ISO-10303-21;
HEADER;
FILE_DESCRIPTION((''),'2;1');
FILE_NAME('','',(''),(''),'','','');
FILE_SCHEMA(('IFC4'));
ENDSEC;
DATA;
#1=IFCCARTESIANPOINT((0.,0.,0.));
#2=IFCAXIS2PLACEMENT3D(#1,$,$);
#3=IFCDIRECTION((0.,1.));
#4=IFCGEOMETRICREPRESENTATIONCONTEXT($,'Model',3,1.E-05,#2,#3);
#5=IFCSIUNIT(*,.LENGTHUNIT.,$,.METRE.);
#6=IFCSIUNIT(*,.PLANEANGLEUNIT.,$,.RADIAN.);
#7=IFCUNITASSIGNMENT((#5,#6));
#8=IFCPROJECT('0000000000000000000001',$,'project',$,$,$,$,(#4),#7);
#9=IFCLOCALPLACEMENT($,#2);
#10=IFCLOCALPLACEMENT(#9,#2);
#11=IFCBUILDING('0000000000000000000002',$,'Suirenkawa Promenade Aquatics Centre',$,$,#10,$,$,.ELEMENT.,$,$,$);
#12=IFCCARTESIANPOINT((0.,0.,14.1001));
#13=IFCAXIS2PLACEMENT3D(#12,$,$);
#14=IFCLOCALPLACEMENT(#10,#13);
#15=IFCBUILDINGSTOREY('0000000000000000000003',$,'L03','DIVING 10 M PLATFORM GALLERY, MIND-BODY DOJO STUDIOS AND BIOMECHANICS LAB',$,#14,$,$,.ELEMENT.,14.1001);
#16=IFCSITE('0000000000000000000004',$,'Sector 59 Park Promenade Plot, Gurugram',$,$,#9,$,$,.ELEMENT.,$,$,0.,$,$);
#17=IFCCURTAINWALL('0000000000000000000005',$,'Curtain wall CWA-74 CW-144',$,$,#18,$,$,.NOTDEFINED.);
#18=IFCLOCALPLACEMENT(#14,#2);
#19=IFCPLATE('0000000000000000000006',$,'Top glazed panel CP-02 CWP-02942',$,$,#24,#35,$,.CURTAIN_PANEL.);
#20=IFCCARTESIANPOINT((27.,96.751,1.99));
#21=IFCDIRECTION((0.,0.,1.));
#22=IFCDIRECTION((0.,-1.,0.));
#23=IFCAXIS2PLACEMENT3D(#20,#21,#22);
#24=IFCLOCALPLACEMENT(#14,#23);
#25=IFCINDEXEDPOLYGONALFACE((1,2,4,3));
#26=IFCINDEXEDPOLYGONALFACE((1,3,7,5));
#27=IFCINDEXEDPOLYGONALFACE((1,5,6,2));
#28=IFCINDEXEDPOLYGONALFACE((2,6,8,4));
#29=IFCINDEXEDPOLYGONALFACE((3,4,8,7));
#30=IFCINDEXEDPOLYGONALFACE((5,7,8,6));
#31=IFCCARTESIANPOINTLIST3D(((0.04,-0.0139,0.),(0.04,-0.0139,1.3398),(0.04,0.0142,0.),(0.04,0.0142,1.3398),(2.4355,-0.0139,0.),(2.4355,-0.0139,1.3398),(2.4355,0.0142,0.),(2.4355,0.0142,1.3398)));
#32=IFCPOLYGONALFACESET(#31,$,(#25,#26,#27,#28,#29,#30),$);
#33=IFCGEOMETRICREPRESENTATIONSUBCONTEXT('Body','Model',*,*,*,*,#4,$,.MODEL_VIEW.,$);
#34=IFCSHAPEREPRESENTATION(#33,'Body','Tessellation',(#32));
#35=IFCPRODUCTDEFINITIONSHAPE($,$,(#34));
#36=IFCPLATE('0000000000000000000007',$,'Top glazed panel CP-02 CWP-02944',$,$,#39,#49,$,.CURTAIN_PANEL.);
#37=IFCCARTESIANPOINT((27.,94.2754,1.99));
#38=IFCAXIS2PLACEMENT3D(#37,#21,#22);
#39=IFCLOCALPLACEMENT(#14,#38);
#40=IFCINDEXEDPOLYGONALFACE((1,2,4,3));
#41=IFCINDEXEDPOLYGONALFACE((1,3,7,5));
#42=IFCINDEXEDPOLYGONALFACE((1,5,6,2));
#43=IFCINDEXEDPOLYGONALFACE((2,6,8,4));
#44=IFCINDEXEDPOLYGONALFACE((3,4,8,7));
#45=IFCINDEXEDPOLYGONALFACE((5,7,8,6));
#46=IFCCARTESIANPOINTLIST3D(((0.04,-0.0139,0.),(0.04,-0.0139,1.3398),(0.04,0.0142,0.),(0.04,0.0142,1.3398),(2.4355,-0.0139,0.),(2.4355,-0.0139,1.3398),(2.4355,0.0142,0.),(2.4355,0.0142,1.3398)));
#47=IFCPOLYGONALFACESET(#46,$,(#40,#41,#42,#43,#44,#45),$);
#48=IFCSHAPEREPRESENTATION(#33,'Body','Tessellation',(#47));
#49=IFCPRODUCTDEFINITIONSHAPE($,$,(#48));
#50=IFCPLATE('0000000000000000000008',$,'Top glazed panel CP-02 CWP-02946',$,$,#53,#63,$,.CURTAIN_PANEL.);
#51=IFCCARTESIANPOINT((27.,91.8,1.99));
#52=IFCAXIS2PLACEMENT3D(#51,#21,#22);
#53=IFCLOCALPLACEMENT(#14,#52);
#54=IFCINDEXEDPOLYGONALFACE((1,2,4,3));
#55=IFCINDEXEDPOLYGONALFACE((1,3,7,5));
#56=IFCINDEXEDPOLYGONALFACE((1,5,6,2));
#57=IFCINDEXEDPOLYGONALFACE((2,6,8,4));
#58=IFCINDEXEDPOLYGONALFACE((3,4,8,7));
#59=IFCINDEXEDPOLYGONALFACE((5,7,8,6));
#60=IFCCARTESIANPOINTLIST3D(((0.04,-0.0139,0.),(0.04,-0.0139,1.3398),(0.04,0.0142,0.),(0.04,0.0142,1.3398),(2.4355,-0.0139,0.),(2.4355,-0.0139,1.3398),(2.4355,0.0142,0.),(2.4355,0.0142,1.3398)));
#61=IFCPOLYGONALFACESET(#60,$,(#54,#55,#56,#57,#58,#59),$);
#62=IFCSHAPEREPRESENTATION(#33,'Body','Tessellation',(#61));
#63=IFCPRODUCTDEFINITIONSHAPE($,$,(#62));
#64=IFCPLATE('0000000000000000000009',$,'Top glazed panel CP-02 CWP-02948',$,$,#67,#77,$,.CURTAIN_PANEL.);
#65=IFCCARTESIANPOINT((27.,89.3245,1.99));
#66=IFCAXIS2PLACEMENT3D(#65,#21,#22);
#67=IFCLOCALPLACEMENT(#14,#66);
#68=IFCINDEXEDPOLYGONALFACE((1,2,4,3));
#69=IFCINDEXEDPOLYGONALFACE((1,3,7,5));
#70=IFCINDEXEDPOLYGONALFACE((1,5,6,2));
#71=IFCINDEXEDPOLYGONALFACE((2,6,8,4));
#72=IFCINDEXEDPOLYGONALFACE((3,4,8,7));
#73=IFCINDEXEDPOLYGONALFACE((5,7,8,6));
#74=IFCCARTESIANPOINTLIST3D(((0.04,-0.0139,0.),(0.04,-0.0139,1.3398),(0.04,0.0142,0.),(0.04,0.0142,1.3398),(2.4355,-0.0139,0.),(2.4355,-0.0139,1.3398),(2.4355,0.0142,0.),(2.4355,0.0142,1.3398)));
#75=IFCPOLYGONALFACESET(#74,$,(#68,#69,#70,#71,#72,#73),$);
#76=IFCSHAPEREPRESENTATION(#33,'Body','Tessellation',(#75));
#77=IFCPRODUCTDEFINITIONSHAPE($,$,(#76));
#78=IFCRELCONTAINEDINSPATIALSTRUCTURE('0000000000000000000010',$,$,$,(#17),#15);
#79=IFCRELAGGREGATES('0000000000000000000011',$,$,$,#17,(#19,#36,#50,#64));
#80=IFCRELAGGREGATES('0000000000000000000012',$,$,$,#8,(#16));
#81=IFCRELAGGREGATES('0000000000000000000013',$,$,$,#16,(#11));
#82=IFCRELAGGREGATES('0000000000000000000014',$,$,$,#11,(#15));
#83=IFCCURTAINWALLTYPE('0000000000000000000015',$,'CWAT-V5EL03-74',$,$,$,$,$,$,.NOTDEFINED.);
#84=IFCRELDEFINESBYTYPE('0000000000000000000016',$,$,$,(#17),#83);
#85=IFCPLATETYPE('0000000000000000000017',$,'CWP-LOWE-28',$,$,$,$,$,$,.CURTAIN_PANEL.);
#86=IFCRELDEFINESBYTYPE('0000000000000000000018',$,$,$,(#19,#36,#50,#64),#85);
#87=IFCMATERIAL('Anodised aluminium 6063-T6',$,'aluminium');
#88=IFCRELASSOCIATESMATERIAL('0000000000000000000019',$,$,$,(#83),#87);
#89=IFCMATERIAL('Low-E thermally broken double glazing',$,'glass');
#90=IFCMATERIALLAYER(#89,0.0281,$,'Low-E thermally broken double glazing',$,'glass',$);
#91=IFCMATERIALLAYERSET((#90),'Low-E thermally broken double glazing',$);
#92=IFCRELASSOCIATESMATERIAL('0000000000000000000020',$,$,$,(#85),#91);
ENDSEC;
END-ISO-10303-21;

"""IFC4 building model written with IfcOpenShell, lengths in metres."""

from ifc_helpers import new_model, si_unit, direction, frame, origin, place, context, subcontext, project, spatial, polyline, outline, extrude, material, layer, layer_set, type_object, element, aggregate, save


model = new_model("IFC4")

# Units and contexts
model_context = context("Model", 3, precision=1e-05, world=origin(), true_north=direction((0.0, 1.0)))
body_context = subcontext(model_context, "Body", "Model", "MODEL_VIEW")
ifc_project = project(units=[si_unit("LENGTHUNIT", "METRE"), si_unit("PLANEANGLEUNIT", "RADIAN")], contexts=[model_context])

# Site, building, storey
site_placement = place(None, origin())
site = spatial("IfcSite", under=ifc_project, at=site_placement, Name="Sector 59 Park Promenade Plot, Gurugram", CompositionType="ELEMENT", RefElevation=0.0)
building_placement = place(site_placement, origin())
building = spatial("IfcBuilding", under=site, at=building_placement, Name="Suirenkawa Promenade Aquatics Centre", CompositionType="ELEMENT")
storey_placement = place(building_placement, frame((0.0, 0.0, 14.1001)))
storey = spatial("IfcBuildingStorey", under=building, at=storey_placement, Name="L03", Description="DIVING 10 M PLATFORM GALLERY, MIND-BODY DOJO STUDIOS AND BIOMECHANICS LAB", CompositionType="ELEMENT", Elevation=14.1001)

# Curtain wall, plates
ifc_material_1 = material(Name="Anodised aluminium 6063-T6", Category="aluminium")
curtain_wall_type = type_object("IfcCurtainWallType", Name="CWAT-V5EL03-74", PredefinedType="NOTDEFINED", material=ifc_material_1)
curtain_wall_placement = place(storey_placement, origin())
curtain_wall = element("IfcCurtainWall", 1, at=curtain_wall_placement, inside=storey, type_object=curtain_wall_type, Name="Curtain wall CWA-74 CW-144", PredefinedType="NOTDEFINED")
ifc_material_2 = material(Name="Low-E thermally broken double glazing", Category="glass")
ifc_layer_1 = layer(ifc_material_2, 0.0281, Name="Low-E thermally broken double glazing", Category="glass")
ifc_layer_set_1 = layer_set([ifc_layer_1], Name="Low-E thermally broken double glazing")
plate_type = type_object("IfcPlateType", Name="CWP-LOWE-28", PredefinedType="CURTAIN_PANEL", material=ifc_layer_set_1)
plate_1_placement = place(storey_placement, frame((27.0, 96.751, 1.99), z_axis=(0.0, 0.0, 1.0), x_axis=(0.0, -1.0, 0.0)))
plate_1 = element("IfcPlate", 2, at=plate_1_placement, type_object=plate_type, Name="Top glazed panel CP-02 CWP-02942", PredefinedType="CURTAIN_PANEL", context=body_context, shape_type="SweptSolid", body=[
    extrude(outline(polyline([(0.04, 0.0), (2.4355, 0.0), (2.4355, 1.3398), (0.04, 1.3398), (0.04, 0.0)])), frame((0.0, 0.0142, 0.0), z_axis=(0.0, -1.0, 0.0), x_axis=(1.0, 0.0, 0.0)), (0.0, 0.0, 1.0), 0.0281),
])
plate_2_placement = place(storey_placement, frame((27.0, 94.2754, 1.99), z_axis=(0.0, 0.0, 1.0), x_axis=(0.0, -1.0, 0.0)))
plate_2 = element("IfcPlate", 3, at=plate_2_placement, type_object=plate_type, Name="Top glazed panel CP-02 CWP-02944", PredefinedType="CURTAIN_PANEL", context=body_context, shape_type="SweptSolid", body=[
    extrude(outline(polyline([(0.04, 0.0), (2.4355, 0.0), (2.4355, 1.3398), (0.04, 1.3398), (0.04, 0.0)])), frame((0.0, 0.0142, 0.0), z_axis=(0.0, -1.0, 0.0), x_axis=(1.0, 0.0, 0.0)), (0.0, 0.0, 1.0), 0.0281),
])
plate_3_placement = place(storey_placement, frame((27.0, 91.8, 1.99), z_axis=(0.0, 0.0, 1.0), x_axis=(0.0, -1.0, 0.0)))
plate_3 = element("IfcPlate", 4, at=plate_3_placement, type_object=plate_type, Name="Top glazed panel CP-02 CWP-02946", PredefinedType="CURTAIN_PANEL", context=body_context, shape_type="SweptSolid", body=[
    extrude(outline(polyline([(0.04, 0.0), (2.4355, 0.0), (2.4355, 1.3398), (0.04, 1.3398), (0.04, 0.0)])), frame((0.0, 0.0142, 0.0), z_axis=(0.0, -1.0, 0.0), x_axis=(1.0, 0.0, 0.0)), (0.0, 0.0, 1.0), 0.0281),
])
plate_4_placement = place(storey_placement, frame((27.0, 89.3245, 1.99), z_axis=(0.0, 0.0, 1.0), x_axis=(0.0, -1.0, 0.0)))
plate_4 = element("IfcPlate", 5, at=plate_4_placement, type_object=plate_type, Name="Top glazed panel CP-02 CWP-02948", PredefinedType="CURTAIN_PANEL", context=body_context, shape_type="SweptSolid", body=[
    extrude(outline(polyline([(0.04, 0.0), (2.4355, 0.0), (2.4355, 1.3398), (0.04, 1.3398), (0.04, 0.0)])), frame((0.0, 0.0142, 0.0), z_axis=(0.0, -1.0, 0.0), x_axis=(1.0, 0.0, 0.0)), (0.0, 0.0, 1.0), 0.0281),
])
aggregate(curtain_wall, [plate_1, plate_2, plate_3, plate_4])

save(model, "model.ifc")
